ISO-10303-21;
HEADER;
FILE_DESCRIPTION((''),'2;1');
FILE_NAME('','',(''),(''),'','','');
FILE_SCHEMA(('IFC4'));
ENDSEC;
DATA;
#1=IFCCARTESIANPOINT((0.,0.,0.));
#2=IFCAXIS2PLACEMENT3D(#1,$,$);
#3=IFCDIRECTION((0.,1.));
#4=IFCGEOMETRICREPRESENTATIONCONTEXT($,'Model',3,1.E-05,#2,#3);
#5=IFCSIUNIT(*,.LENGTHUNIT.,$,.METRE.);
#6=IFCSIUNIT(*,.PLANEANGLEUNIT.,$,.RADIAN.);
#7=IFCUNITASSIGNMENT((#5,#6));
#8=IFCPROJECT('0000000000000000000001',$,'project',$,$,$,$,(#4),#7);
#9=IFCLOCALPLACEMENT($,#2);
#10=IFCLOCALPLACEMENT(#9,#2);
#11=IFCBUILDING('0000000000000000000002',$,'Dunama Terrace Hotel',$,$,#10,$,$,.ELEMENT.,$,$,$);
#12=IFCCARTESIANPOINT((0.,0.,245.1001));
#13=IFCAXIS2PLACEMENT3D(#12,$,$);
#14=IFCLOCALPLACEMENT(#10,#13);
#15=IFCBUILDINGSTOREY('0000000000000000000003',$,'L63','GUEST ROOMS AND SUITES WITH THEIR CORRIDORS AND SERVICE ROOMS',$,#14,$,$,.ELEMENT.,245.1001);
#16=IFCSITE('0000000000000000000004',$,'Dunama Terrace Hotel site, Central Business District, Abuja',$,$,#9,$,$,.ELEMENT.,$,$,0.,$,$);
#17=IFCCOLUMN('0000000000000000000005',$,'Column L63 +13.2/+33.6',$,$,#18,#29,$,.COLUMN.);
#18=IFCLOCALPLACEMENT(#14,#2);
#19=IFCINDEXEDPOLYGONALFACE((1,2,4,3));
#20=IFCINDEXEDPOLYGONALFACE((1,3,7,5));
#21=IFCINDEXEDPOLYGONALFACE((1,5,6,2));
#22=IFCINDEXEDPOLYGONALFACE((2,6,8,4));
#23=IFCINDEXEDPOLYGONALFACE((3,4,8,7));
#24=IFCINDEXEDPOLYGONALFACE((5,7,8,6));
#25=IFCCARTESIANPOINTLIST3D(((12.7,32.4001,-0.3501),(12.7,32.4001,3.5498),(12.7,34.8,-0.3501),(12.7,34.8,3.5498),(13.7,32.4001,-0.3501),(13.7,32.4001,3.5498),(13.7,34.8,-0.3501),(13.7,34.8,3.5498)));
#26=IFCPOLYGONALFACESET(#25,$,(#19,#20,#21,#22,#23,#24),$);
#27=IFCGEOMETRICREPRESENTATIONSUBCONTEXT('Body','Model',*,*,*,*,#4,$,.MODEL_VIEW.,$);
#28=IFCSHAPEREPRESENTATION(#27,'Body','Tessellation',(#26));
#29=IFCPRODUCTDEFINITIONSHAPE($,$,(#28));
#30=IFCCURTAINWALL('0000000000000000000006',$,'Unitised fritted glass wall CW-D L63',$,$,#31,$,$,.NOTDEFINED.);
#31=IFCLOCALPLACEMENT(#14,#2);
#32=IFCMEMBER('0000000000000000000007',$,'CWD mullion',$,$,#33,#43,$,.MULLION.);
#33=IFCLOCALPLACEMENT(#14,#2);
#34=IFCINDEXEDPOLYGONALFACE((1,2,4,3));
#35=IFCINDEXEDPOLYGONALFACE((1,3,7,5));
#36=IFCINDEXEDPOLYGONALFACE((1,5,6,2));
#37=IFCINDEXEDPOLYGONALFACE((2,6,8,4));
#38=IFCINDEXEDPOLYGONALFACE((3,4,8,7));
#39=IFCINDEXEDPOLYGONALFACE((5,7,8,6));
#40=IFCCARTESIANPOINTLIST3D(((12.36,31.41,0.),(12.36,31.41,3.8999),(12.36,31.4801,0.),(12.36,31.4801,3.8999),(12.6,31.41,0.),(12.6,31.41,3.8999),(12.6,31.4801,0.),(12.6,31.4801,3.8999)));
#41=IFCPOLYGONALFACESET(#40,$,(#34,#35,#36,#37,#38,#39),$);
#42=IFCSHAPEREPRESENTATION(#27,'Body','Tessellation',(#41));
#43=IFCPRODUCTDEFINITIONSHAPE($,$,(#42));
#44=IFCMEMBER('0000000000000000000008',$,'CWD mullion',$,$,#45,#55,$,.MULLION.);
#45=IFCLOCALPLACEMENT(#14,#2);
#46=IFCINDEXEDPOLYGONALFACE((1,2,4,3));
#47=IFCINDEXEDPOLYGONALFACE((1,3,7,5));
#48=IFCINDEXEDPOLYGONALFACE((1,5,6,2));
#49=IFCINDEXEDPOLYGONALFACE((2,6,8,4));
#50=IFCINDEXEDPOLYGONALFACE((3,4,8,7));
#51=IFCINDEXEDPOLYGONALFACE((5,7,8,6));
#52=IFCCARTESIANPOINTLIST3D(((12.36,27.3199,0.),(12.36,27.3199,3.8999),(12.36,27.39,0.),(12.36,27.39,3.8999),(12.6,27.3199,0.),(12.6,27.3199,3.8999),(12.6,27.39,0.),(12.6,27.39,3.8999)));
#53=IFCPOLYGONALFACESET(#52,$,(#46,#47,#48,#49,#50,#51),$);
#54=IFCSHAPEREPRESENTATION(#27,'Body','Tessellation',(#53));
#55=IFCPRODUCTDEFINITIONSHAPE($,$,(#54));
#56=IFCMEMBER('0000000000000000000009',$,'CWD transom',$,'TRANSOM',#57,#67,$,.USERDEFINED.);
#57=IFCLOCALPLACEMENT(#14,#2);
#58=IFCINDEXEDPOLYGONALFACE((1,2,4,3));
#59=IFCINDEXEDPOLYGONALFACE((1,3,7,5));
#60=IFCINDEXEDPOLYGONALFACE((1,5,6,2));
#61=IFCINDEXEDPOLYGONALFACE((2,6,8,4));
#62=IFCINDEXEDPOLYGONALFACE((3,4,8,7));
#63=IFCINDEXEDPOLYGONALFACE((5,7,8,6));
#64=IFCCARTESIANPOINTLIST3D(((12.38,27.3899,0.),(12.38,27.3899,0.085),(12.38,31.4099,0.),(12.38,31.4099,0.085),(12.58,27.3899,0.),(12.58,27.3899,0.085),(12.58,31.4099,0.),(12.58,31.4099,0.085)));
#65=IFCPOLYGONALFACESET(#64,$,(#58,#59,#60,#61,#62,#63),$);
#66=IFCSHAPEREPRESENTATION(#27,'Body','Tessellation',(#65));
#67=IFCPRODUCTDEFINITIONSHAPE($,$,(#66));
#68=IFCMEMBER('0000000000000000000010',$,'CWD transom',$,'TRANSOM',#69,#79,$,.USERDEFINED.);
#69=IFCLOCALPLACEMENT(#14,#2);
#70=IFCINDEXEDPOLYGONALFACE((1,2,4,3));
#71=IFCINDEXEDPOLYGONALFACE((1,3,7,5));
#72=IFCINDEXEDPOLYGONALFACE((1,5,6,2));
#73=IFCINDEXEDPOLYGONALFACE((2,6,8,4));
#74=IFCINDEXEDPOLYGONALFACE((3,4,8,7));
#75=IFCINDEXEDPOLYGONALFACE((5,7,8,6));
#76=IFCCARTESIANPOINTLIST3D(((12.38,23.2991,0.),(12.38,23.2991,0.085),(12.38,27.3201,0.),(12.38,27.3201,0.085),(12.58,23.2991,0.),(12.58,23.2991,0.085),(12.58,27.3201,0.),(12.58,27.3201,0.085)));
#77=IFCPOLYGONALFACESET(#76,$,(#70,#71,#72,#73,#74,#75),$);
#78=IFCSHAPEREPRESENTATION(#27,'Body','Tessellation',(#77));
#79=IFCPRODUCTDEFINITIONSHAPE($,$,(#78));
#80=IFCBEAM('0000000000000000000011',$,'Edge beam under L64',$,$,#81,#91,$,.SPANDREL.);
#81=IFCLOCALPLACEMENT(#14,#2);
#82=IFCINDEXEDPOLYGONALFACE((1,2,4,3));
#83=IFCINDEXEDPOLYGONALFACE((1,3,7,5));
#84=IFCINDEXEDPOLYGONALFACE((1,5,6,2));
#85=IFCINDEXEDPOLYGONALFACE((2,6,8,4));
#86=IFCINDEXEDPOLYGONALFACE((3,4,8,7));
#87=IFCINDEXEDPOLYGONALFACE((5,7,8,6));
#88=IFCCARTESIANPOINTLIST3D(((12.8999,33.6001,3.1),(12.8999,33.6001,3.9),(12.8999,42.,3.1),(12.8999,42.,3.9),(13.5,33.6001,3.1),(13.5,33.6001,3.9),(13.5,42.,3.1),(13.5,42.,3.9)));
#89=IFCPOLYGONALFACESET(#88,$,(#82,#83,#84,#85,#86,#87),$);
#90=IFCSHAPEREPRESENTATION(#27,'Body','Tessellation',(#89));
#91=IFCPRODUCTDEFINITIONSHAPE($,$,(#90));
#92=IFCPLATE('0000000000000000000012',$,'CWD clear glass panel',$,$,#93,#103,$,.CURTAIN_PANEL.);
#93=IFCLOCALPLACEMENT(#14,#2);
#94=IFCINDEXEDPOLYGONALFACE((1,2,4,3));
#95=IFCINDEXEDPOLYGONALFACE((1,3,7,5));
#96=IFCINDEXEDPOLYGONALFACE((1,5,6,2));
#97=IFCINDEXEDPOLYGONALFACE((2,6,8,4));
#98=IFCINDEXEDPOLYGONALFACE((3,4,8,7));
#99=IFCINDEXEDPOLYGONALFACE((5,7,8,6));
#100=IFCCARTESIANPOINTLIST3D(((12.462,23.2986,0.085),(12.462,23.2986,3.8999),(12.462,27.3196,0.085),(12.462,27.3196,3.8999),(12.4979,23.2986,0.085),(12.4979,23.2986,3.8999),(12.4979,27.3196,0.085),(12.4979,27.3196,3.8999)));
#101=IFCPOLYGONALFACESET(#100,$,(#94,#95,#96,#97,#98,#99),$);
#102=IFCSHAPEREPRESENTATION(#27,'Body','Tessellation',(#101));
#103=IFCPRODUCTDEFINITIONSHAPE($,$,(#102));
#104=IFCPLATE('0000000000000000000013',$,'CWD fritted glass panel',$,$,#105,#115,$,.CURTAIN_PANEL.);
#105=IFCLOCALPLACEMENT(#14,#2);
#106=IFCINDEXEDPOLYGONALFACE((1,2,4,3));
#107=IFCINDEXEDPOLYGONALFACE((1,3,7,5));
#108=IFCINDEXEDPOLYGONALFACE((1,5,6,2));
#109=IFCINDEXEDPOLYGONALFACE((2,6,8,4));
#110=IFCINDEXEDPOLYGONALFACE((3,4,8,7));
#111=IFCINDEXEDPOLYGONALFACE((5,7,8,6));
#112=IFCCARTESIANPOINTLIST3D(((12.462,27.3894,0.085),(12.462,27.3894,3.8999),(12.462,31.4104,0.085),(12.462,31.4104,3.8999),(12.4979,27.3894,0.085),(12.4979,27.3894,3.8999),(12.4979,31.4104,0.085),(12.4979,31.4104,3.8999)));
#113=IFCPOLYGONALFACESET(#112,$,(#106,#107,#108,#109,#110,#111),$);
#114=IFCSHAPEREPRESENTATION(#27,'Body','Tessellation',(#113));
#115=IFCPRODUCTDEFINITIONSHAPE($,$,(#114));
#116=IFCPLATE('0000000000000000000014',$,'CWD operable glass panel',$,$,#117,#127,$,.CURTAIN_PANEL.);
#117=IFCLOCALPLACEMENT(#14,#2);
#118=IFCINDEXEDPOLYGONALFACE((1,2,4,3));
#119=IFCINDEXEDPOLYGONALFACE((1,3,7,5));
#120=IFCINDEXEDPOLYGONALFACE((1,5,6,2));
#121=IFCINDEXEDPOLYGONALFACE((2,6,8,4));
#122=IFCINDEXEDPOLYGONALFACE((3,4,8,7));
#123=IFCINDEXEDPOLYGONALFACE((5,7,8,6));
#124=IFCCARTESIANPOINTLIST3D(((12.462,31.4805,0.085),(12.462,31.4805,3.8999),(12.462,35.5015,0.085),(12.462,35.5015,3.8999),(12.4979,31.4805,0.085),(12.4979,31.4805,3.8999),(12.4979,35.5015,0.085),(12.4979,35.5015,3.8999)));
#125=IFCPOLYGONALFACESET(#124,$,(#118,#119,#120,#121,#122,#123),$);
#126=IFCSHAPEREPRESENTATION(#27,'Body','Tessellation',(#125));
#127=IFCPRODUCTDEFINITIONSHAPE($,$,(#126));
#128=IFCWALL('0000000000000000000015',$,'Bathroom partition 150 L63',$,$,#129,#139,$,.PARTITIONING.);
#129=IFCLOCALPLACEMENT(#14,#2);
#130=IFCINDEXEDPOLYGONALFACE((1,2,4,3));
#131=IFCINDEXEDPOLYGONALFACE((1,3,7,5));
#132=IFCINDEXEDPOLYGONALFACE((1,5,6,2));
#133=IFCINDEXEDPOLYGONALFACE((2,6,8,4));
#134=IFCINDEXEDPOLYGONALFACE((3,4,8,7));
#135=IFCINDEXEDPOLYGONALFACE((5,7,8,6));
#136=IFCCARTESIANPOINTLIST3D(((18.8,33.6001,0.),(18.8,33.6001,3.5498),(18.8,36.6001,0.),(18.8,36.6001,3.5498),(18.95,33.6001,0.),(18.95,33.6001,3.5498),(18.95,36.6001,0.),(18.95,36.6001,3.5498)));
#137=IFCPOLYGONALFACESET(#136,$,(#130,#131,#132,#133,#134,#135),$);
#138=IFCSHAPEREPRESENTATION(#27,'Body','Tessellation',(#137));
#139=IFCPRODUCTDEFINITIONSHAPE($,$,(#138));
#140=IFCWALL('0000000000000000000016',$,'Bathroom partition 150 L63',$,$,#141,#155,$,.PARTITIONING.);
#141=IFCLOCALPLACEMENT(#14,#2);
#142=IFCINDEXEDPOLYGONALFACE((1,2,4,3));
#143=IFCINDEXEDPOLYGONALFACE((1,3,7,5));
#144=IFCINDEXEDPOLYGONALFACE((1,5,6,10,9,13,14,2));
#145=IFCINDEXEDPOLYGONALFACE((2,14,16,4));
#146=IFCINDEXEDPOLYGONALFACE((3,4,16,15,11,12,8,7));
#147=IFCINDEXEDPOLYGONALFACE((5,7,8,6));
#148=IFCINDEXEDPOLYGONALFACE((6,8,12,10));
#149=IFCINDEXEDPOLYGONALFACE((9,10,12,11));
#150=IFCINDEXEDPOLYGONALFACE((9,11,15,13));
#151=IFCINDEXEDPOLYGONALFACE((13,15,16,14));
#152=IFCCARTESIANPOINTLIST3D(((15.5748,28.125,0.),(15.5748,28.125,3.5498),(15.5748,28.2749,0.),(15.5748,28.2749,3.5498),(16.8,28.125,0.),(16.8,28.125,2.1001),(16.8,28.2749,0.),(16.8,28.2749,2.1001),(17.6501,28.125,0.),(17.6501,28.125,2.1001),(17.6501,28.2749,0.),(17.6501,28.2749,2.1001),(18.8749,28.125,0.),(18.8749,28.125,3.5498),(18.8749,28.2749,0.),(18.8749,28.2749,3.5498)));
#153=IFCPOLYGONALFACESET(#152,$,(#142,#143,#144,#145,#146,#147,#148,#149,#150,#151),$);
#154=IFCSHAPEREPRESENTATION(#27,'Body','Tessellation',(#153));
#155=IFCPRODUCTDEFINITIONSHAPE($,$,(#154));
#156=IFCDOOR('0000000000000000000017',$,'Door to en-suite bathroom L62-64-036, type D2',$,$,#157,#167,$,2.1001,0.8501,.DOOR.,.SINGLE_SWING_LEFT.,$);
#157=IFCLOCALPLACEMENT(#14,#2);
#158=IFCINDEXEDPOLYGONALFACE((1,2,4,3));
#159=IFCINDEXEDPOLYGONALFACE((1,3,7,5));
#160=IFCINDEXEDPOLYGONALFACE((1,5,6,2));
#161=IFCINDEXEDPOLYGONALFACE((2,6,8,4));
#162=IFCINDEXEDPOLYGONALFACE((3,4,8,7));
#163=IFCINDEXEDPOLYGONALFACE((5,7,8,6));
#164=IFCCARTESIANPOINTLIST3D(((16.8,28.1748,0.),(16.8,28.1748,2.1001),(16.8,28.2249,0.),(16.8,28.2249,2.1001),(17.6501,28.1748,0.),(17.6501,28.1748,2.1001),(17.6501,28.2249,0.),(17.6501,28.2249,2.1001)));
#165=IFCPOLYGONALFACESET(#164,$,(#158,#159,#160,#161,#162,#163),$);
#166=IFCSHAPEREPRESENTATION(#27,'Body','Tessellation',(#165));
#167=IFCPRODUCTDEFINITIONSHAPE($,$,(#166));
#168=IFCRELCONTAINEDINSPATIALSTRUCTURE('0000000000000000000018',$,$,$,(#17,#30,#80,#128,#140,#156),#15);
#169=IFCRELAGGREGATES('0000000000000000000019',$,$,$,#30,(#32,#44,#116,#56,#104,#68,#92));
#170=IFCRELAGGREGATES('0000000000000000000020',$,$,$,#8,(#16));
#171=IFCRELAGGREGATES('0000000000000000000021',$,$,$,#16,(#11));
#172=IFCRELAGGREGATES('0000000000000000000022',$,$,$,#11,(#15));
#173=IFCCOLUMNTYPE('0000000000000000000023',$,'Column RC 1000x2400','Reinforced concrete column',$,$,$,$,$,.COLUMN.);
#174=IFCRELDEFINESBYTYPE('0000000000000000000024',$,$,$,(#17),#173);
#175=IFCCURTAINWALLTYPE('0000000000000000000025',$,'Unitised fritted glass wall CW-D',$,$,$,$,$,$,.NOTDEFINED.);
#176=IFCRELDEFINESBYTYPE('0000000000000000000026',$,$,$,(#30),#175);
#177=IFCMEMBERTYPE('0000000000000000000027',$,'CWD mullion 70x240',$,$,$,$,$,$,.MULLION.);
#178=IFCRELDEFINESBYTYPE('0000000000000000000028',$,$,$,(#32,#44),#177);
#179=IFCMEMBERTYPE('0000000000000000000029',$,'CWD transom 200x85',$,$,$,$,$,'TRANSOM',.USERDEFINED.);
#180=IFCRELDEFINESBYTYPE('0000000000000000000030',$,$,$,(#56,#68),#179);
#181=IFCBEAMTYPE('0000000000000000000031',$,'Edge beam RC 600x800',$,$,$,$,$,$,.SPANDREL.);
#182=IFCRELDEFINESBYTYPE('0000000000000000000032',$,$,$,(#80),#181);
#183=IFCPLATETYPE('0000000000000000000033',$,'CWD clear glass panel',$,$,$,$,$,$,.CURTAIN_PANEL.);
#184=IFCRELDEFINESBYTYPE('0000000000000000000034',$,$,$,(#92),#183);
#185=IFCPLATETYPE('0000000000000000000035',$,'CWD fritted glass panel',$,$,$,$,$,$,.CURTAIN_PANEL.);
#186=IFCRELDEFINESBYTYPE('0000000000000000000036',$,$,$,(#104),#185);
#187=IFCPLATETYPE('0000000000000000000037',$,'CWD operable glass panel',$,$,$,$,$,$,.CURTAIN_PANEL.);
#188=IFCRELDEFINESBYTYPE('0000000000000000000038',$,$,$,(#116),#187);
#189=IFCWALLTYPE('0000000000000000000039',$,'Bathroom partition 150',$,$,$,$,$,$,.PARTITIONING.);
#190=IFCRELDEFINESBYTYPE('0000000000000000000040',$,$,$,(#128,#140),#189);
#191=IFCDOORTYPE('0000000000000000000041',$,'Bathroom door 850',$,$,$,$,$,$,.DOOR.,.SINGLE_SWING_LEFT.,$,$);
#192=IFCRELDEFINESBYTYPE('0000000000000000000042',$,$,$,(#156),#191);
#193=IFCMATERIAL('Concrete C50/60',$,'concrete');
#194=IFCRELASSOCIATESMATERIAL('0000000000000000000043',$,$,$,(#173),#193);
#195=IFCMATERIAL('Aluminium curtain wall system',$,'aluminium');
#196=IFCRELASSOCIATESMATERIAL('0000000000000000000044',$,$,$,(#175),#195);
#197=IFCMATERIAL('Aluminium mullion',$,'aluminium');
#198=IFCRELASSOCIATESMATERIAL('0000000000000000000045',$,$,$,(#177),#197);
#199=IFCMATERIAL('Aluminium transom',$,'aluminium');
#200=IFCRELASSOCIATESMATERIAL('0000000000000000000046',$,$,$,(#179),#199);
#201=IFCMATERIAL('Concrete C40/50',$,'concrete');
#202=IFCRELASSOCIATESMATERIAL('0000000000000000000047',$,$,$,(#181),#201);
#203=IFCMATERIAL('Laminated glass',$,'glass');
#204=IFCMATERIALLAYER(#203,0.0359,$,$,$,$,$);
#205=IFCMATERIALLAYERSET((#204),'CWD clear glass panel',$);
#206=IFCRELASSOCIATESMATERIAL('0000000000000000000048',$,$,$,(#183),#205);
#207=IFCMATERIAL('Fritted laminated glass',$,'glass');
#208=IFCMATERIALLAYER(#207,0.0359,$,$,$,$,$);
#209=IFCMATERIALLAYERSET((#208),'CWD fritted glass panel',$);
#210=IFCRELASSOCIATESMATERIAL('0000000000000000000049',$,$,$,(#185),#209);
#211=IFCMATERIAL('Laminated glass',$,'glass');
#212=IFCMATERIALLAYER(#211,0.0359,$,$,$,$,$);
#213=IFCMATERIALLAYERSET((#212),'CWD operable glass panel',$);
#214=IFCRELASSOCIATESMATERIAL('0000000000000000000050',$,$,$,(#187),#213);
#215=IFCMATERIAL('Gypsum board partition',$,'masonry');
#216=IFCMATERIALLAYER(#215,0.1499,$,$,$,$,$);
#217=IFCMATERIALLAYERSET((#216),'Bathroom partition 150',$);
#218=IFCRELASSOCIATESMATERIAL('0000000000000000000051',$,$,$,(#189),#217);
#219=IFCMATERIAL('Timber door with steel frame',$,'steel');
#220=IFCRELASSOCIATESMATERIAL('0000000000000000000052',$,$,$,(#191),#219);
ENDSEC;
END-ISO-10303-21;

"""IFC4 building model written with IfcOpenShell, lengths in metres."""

from ifc_helpers import new_model, si_unit, direction, frame, frame_2d, origin, origin_2d, place, context, subcontext, project, spatial, rectangle, extrude, material, layer, layer_set, material_profile, profile_set, type_object, element, fill, aggregate, save


model = new_model("IFC4")

# Units and contexts
model_context = context("Model", 3, precision=1e-05, world=origin(), true_north=direction((0.0, 1.0)))
body_context = subcontext(model_context, "Body", "Model", "MODEL_VIEW")
ifc_project = project(units=[si_unit("LENGTHUNIT", "METRE"), si_unit("PLANEANGLEUNIT", "RADIAN")], contexts=[model_context])

# Site, building, storey
site_placement = place(None, origin())
site = spatial("IfcSite", under=ifc_project, at=site_placement, Name="Dunama Terrace Hotel site, Central Business District, Abuja", CompositionType="ELEMENT", RefElevation=0.0)
building_placement = place(site_placement, origin())
building = spatial("IfcBuilding", under=site, at=building_placement, Name="Dunama Terrace Hotel", CompositionType="ELEMENT")
storey_placement = place(building_placement, frame((0.0, 0.0, 245.1001)))
storey = spatial("IfcBuildingStorey", under=building, at=storey_placement, Name="L63", Description="GUEST ROOMS AND SUITES WITH THEIR CORRIDORS AND SERVICE ROOMS", CompositionType="ELEMENT", Elevation=245.1001)

# Column
ifc_material_1 = material(Name="Concrete C50/60", Category="concrete")
ifc_material_profile_1 = material_profile(ifc_material_1, rectangle(XDim=1.0, YDim=2.3999, at=origin_2d()), Name="RC 1000x2400")
ifc_profile_set_1 = profile_set([ifc_material_profile_1], Name="Concrete C50/60")
column_type = type_object("IfcColumnType", Name="Column RC 1000x2400", Description="Reinforced concrete column", PredefinedType="COLUMN", material=ifc_profile_set_1)
column_placement = place(storey_placement, frame((13.2, 33.6001, -0.3501), z_axis=(0.0, 0.0, 1.0), x_axis=(1.0, 0.0, 0.0)))
element("IfcColumn", 1, at=column_placement, inside=storey, type_object=column_type, Name="Column L63 +13.2/+33.6", PredefinedType="COLUMN", context=body_context, shape_type="SweptSolid", body=[
    extrude(rectangle(XDim=1.0, YDim=2.3999, at=origin_2d()), origin(), (0.0, 0.0, 1.0), 3.8999),
])

# Curtain wall, members
ifc_material_2 = material(Name="Aluminium curtain wall system", Category="aluminium")
curtain_wall_type = type_object("IfcCurtainWallType", Name="Unitised fritted glass wall CW-D", PredefinedType="NOTDEFINED", material=ifc_material_2)
curtain_wall_placement = place(storey_placement, origin())
curtain_wall = element("IfcCurtainWall", 2, at=curtain_wall_placement, inside=storey, type_object=curtain_wall_type, Name="Unitised fritted glass wall CW-D L63", PredefinedType="NOTDEFINED")
ifc_material_3 = material(Name="Aluminium mullion", Category="aluminium")
ifc_material_profile_2 = material_profile(ifc_material_3, rectangle(XDim=0.0701, YDim=0.24, at=origin_2d()), Name="CWD MULLION 70X240")
ifc_profile_set_2 = profile_set([ifc_material_profile_2], Name="Aluminium mullion")
member_type_1 = type_object("IfcMemberType", Name="CWD mullion 70x240", PredefinedType="MULLION", material=ifc_profile_set_2)
member_1_placement = place(storey_placement, frame((12.48, 31.4451, 0.0), z_axis=(0.0, 0.0, 1.0), x_axis=(0.0, -1.0, 0.0)))
member_1 = element("IfcMember", 3, at=member_1_placement, type_object=member_type_1, Name="CWD mullion", PredefinedType="MULLION", context=body_context, shape_type="SweptSolid", body=[
    extrude(rectangle(XDim=0.0701, YDim=0.24, at=origin_2d()), origin(), (0.0, 0.0, 1.0), 3.8999),
])
member_2_placement = place(storey_placement, frame((12.48, 27.355, 0.0), z_axis=(0.0, 0.0, 1.0), x_axis=(0.0, -1.0, 0.0)))
member_2 = element("IfcMember", 4, at=member_2_placement, type_object=member_type_1, Name="CWD mullion", PredefinedType="MULLION", context=body_context, shape_type="SweptSolid", body=[
    extrude(rectangle(XDim=0.0701, YDim=0.24, at=origin_2d()), origin(), (0.0, 0.0, 1.0), 3.8999),
])
ifc_material_4 = material(Name="Aluminium transom", Category="aluminium")
ifc_material_profile_3 = material_profile(ifc_material_4, rectangle(XDim=0.2, YDim=0.085, at=origin_2d()), Name="CWD TRANSOM 200X85")
ifc_profile_set_3 = profile_set([ifc_material_profile_3], Name="Aluminium transom")
member_type_2 = type_object("IfcMemberType", Name="CWD transom 200x85", ElementType="TRANSOM", PredefinedType="USERDEFINED", material=ifc_profile_set_3)
member_3_placement = place(storey_placement, frame((12.48, 31.4099, 0.0425), z_axis=(0.0, -1.0, 0.0), x_axis=(1.0, 0.0, 0.0)))
member_3 = element("IfcMember", 5, at=member_3_placement, type_object=member_type_2, Name="CWD transom", ObjectType="TRANSOM", PredefinedType="USERDEFINED", context=body_context, shape_type="SweptSolid", body=[
    extrude(rectangle(XDim=0.2, YDim=0.085, at=origin_2d()), origin(), (0.0, 0.0, 1.0), 4.02),
])
member_4_placement = place(storey_placement, frame((12.48, 27.3201, 0.0425), z_axis=(0.0, -1.0, 0.0), x_axis=(1.0, 0.0, 0.0)))
member_4 = element("IfcMember", 6, at=member_4_placement, type_object=member_type_2, Name="CWD transom", ObjectType="TRANSOM", PredefinedType="USERDEFINED", context=body_context, shape_type="SweptSolid", body=[
    extrude(rectangle(XDim=0.2, YDim=0.085, at=origin_2d()), origin(), (0.0, 0.0, 1.0), 4.021),
])

# Beam
ifc_material_5 = material(Name="Concrete C40/50", Category="concrete")
ifc_material_profile_4 = material_profile(ifc_material_5, rectangle(XDim=0.6001, YDim=0.8, at=origin_2d()), Name="RC 600x800")
ifc_profile_set_4 = profile_set([ifc_material_profile_4], Name="Concrete C40/50")
beam_type = type_object("IfcBeamType", Name="Edge beam RC 600x800", PredefinedType="SPANDREL", material=ifc_profile_set_4)
beam_placement = place(storey_placement, frame((13.2, 33.6001, 3.5), z_axis=(0.0, 1.0, 0.0), x_axis=(-1.0, 0.0, 0.0)))
element("IfcBeam", 7, at=beam_placement, inside=storey, type_object=beam_type, Name="Edge beam under L64", PredefinedType="SPANDREL", context=body_context, shape_type="SweptSolid", body=[
    extrude(rectangle(XDim=0.6001, YDim=0.8, at=origin_2d()), origin(), (0.0, 0.0, 1.0), 8.3999),
])

# Plates
ifc_material_6 = material(Name="Laminated glass", Category="glass")
ifc_layer_1 = layer(ifc_material_6, 0.0359)
ifc_layer_set_1 = layer_set([ifc_layer_1], Name="CWD clear glass panel")
plate_type_1 = type_object("IfcPlateType", Name="CWD clear glass panel", PredefinedType="CURTAIN_PANEL", material=ifc_layer_set_1)
plate_1_placement = place(storey_placement, frame((12.48, 25.3091, 0.085), z_axis=(0.0, 0.0, 1.0), x_axis=(0.0, -1.0, 0.0)))
plate_1 = element("IfcPlate", 8, at=plate_1_placement, type_object=plate_type_1, Name="CWD clear glass panel", PredefinedType="CURTAIN_PANEL", context=body_context, shape_type="SweptSolid", body=[
    extrude(rectangle(XDim=4.021, YDim=0.0359, at=origin_2d()), origin(), (0.0, 0.0, 1.0), 3.8149),
])
ifc_material_7 = material(Name="Fritted laminated glass", Category="glass")
ifc_layer_2 = layer(ifc_material_7, 0.0359)
ifc_layer_set_2 = layer_set([ifc_layer_2], Name="CWD fritted glass panel")
plate_type_2 = type_object("IfcPlateType", Name="CWD fritted glass panel", PredefinedType="CURTAIN_PANEL", material=ifc_layer_set_2)
plate_2_placement = place(storey_placement, frame((12.48, 29.3999, 0.085), z_axis=(0.0, 0.0, 1.0), x_axis=(0.0, -1.0, 0.0)))
plate_2 = element("IfcPlate", 9, at=plate_2_placement, type_object=plate_type_2, Name="CWD fritted glass panel", PredefinedType="CURTAIN_PANEL", context=body_context, shape_type="SweptSolid", body=[
    extrude(rectangle(XDim=4.021, YDim=0.0359, at=origin_2d()), origin(), (0.0, 0.0, 1.0), 3.8149),
])
ifc_material_8 = material(Name="Laminated glass", Category="glass")
ifc_layer_3 = layer(ifc_material_8, 0.0359)
ifc_layer_set_3 = layer_set([ifc_layer_3], Name="CWD operable glass panel")
plate_type_3 = type_object("IfcPlateType", Name="CWD operable glass panel", PredefinedType="CURTAIN_PANEL", material=ifc_layer_set_3)
plate_3_placement = place(storey_placement, frame((12.48, 33.491, 0.085), z_axis=(0.0, 0.0, 1.0), x_axis=(0.0, -1.0, 0.0)))
plate_3 = element("IfcPlate", 10, at=plate_3_placement, type_object=plate_type_3, Name="CWD operable glass panel", PredefinedType="CURTAIN_PANEL", context=body_context, shape_type="SweptSolid", body=[
    extrude(rectangle(XDim=4.021, YDim=0.0359, at=origin_2d()), origin(), (0.0, 0.0, 1.0), 3.8149),
])
aggregate(curtain_wall, [member_1, member_2, plate_3, member_3, plate_2, member_4, plate_1])

# Wall
ifc_material_9 = material(Name="Gypsum board partition", Category="masonry")
ifc_layer_4 = layer(ifc_material_9, 0.1499)
ifc_layer_set_4 = layer_set([ifc_layer_4], Name="Bathroom partition 150")
wall_type_1 = type_object("IfcWallType", Name="Bathroom partition 150", PredefinedType="PARTITIONING", material=ifc_layer_set_4)
wall_1_placement = place(storey_placement, frame((18.875, 33.6001, 0.0), z_axis=(0.0, 0.0, 1.0), x_axis=(0.0, 1.0, 0.0)))
element("IfcWall", 11, at=wall_1_placement, inside=storey, type_object=wall_type_1, Name="Bathroom partition 150 L63", PredefinedType="PARTITIONING", context=body_context, shape_type="SweptSolid", body=[
    extrude(rectangle(XDim=3.0, YDim=0.1499, at=frame_2d((1.5, 0.0))), origin(), (0.0, 0.0, 1.0), 3.5498),
])

# Wall, opening, door
wall_2_placement = place(storey_placement, frame((15.575, 28.2, 0.0), z_axis=(0.0, 0.0, 1.0), x_axis=(1.0, 0.0, 0.0)))
wall_2 = element("IfcWall", 12, at=wall_2_placement, inside=storey, type_object=wall_type_1, Name="Bathroom partition 150 L63", PredefinedType="PARTITIONING", context=body_context, shape_type="SweptSolid", body=[
    extrude(rectangle(XDim=3.3, YDim=0.1499, at=frame_2d((1.6499, 0.0))), origin(), (0.0, 0.0, 1.0), 3.5498),
])
opening_1_placement = place(wall_2_placement, frame((1.2251, 0.0, 0.0)))
opening_1 = element("IfcOpeningElement", 13, at=opening_1_placement, cuts=wall_2, PredefinedType="OPENING", context=body_context, shape_type="SweptSolid", body=[
    extrude(rectangle(XDim=0.8501, YDim=2.1001, at=frame_2d((0.425, 1.05))), frame((0.0, 0.085, 0.0), z_axis=(0.0, -1.0, 0.0), x_axis=(1.0, 0.0, 0.0)), (0.0, 0.0, 1.0), 0.1699),
])
ifc_material_10 = material(Name="Timber door with steel frame", Category="steel")
door_type_1 = type_object("IfcDoorType", Name="Bathroom door 850", OperationType="SINGLE_SWING_LEFT", PredefinedType="DOOR", material=ifc_material_10)
door_1_placement = place(opening_1_placement, frame((0.8501, 0.0, 0.0), z_axis=(0.0, 0.0, 1.0), x_axis=(-1.0, 0.0, 0.0)))
door_1 = element("IfcDoor", 14, at=door_1_placement, inside=storey, type_object=door_type_1, Name="Door to en-suite bathroom L62-64-036, type D2", OperationType="SINGLE_SWING_LEFT", OverallHeight=2.1001, OverallWidth=0.8501, PredefinedType="DOOR", context=body_context, shape_type="SweptSolid", body=[
    extrude(rectangle(XDim=0.8501, YDim=2.1001, at=frame_2d((0.425, 1.05))), frame((0.0, 0.0251, 0.0), z_axis=(0.0, -1.0, 0.0), x_axis=(1.0, 0.0, 0.0)), (0.0, 0.0, 1.0), 0.05),
])
fill(opening_1, door_1)

save(model, "model.ifc")
